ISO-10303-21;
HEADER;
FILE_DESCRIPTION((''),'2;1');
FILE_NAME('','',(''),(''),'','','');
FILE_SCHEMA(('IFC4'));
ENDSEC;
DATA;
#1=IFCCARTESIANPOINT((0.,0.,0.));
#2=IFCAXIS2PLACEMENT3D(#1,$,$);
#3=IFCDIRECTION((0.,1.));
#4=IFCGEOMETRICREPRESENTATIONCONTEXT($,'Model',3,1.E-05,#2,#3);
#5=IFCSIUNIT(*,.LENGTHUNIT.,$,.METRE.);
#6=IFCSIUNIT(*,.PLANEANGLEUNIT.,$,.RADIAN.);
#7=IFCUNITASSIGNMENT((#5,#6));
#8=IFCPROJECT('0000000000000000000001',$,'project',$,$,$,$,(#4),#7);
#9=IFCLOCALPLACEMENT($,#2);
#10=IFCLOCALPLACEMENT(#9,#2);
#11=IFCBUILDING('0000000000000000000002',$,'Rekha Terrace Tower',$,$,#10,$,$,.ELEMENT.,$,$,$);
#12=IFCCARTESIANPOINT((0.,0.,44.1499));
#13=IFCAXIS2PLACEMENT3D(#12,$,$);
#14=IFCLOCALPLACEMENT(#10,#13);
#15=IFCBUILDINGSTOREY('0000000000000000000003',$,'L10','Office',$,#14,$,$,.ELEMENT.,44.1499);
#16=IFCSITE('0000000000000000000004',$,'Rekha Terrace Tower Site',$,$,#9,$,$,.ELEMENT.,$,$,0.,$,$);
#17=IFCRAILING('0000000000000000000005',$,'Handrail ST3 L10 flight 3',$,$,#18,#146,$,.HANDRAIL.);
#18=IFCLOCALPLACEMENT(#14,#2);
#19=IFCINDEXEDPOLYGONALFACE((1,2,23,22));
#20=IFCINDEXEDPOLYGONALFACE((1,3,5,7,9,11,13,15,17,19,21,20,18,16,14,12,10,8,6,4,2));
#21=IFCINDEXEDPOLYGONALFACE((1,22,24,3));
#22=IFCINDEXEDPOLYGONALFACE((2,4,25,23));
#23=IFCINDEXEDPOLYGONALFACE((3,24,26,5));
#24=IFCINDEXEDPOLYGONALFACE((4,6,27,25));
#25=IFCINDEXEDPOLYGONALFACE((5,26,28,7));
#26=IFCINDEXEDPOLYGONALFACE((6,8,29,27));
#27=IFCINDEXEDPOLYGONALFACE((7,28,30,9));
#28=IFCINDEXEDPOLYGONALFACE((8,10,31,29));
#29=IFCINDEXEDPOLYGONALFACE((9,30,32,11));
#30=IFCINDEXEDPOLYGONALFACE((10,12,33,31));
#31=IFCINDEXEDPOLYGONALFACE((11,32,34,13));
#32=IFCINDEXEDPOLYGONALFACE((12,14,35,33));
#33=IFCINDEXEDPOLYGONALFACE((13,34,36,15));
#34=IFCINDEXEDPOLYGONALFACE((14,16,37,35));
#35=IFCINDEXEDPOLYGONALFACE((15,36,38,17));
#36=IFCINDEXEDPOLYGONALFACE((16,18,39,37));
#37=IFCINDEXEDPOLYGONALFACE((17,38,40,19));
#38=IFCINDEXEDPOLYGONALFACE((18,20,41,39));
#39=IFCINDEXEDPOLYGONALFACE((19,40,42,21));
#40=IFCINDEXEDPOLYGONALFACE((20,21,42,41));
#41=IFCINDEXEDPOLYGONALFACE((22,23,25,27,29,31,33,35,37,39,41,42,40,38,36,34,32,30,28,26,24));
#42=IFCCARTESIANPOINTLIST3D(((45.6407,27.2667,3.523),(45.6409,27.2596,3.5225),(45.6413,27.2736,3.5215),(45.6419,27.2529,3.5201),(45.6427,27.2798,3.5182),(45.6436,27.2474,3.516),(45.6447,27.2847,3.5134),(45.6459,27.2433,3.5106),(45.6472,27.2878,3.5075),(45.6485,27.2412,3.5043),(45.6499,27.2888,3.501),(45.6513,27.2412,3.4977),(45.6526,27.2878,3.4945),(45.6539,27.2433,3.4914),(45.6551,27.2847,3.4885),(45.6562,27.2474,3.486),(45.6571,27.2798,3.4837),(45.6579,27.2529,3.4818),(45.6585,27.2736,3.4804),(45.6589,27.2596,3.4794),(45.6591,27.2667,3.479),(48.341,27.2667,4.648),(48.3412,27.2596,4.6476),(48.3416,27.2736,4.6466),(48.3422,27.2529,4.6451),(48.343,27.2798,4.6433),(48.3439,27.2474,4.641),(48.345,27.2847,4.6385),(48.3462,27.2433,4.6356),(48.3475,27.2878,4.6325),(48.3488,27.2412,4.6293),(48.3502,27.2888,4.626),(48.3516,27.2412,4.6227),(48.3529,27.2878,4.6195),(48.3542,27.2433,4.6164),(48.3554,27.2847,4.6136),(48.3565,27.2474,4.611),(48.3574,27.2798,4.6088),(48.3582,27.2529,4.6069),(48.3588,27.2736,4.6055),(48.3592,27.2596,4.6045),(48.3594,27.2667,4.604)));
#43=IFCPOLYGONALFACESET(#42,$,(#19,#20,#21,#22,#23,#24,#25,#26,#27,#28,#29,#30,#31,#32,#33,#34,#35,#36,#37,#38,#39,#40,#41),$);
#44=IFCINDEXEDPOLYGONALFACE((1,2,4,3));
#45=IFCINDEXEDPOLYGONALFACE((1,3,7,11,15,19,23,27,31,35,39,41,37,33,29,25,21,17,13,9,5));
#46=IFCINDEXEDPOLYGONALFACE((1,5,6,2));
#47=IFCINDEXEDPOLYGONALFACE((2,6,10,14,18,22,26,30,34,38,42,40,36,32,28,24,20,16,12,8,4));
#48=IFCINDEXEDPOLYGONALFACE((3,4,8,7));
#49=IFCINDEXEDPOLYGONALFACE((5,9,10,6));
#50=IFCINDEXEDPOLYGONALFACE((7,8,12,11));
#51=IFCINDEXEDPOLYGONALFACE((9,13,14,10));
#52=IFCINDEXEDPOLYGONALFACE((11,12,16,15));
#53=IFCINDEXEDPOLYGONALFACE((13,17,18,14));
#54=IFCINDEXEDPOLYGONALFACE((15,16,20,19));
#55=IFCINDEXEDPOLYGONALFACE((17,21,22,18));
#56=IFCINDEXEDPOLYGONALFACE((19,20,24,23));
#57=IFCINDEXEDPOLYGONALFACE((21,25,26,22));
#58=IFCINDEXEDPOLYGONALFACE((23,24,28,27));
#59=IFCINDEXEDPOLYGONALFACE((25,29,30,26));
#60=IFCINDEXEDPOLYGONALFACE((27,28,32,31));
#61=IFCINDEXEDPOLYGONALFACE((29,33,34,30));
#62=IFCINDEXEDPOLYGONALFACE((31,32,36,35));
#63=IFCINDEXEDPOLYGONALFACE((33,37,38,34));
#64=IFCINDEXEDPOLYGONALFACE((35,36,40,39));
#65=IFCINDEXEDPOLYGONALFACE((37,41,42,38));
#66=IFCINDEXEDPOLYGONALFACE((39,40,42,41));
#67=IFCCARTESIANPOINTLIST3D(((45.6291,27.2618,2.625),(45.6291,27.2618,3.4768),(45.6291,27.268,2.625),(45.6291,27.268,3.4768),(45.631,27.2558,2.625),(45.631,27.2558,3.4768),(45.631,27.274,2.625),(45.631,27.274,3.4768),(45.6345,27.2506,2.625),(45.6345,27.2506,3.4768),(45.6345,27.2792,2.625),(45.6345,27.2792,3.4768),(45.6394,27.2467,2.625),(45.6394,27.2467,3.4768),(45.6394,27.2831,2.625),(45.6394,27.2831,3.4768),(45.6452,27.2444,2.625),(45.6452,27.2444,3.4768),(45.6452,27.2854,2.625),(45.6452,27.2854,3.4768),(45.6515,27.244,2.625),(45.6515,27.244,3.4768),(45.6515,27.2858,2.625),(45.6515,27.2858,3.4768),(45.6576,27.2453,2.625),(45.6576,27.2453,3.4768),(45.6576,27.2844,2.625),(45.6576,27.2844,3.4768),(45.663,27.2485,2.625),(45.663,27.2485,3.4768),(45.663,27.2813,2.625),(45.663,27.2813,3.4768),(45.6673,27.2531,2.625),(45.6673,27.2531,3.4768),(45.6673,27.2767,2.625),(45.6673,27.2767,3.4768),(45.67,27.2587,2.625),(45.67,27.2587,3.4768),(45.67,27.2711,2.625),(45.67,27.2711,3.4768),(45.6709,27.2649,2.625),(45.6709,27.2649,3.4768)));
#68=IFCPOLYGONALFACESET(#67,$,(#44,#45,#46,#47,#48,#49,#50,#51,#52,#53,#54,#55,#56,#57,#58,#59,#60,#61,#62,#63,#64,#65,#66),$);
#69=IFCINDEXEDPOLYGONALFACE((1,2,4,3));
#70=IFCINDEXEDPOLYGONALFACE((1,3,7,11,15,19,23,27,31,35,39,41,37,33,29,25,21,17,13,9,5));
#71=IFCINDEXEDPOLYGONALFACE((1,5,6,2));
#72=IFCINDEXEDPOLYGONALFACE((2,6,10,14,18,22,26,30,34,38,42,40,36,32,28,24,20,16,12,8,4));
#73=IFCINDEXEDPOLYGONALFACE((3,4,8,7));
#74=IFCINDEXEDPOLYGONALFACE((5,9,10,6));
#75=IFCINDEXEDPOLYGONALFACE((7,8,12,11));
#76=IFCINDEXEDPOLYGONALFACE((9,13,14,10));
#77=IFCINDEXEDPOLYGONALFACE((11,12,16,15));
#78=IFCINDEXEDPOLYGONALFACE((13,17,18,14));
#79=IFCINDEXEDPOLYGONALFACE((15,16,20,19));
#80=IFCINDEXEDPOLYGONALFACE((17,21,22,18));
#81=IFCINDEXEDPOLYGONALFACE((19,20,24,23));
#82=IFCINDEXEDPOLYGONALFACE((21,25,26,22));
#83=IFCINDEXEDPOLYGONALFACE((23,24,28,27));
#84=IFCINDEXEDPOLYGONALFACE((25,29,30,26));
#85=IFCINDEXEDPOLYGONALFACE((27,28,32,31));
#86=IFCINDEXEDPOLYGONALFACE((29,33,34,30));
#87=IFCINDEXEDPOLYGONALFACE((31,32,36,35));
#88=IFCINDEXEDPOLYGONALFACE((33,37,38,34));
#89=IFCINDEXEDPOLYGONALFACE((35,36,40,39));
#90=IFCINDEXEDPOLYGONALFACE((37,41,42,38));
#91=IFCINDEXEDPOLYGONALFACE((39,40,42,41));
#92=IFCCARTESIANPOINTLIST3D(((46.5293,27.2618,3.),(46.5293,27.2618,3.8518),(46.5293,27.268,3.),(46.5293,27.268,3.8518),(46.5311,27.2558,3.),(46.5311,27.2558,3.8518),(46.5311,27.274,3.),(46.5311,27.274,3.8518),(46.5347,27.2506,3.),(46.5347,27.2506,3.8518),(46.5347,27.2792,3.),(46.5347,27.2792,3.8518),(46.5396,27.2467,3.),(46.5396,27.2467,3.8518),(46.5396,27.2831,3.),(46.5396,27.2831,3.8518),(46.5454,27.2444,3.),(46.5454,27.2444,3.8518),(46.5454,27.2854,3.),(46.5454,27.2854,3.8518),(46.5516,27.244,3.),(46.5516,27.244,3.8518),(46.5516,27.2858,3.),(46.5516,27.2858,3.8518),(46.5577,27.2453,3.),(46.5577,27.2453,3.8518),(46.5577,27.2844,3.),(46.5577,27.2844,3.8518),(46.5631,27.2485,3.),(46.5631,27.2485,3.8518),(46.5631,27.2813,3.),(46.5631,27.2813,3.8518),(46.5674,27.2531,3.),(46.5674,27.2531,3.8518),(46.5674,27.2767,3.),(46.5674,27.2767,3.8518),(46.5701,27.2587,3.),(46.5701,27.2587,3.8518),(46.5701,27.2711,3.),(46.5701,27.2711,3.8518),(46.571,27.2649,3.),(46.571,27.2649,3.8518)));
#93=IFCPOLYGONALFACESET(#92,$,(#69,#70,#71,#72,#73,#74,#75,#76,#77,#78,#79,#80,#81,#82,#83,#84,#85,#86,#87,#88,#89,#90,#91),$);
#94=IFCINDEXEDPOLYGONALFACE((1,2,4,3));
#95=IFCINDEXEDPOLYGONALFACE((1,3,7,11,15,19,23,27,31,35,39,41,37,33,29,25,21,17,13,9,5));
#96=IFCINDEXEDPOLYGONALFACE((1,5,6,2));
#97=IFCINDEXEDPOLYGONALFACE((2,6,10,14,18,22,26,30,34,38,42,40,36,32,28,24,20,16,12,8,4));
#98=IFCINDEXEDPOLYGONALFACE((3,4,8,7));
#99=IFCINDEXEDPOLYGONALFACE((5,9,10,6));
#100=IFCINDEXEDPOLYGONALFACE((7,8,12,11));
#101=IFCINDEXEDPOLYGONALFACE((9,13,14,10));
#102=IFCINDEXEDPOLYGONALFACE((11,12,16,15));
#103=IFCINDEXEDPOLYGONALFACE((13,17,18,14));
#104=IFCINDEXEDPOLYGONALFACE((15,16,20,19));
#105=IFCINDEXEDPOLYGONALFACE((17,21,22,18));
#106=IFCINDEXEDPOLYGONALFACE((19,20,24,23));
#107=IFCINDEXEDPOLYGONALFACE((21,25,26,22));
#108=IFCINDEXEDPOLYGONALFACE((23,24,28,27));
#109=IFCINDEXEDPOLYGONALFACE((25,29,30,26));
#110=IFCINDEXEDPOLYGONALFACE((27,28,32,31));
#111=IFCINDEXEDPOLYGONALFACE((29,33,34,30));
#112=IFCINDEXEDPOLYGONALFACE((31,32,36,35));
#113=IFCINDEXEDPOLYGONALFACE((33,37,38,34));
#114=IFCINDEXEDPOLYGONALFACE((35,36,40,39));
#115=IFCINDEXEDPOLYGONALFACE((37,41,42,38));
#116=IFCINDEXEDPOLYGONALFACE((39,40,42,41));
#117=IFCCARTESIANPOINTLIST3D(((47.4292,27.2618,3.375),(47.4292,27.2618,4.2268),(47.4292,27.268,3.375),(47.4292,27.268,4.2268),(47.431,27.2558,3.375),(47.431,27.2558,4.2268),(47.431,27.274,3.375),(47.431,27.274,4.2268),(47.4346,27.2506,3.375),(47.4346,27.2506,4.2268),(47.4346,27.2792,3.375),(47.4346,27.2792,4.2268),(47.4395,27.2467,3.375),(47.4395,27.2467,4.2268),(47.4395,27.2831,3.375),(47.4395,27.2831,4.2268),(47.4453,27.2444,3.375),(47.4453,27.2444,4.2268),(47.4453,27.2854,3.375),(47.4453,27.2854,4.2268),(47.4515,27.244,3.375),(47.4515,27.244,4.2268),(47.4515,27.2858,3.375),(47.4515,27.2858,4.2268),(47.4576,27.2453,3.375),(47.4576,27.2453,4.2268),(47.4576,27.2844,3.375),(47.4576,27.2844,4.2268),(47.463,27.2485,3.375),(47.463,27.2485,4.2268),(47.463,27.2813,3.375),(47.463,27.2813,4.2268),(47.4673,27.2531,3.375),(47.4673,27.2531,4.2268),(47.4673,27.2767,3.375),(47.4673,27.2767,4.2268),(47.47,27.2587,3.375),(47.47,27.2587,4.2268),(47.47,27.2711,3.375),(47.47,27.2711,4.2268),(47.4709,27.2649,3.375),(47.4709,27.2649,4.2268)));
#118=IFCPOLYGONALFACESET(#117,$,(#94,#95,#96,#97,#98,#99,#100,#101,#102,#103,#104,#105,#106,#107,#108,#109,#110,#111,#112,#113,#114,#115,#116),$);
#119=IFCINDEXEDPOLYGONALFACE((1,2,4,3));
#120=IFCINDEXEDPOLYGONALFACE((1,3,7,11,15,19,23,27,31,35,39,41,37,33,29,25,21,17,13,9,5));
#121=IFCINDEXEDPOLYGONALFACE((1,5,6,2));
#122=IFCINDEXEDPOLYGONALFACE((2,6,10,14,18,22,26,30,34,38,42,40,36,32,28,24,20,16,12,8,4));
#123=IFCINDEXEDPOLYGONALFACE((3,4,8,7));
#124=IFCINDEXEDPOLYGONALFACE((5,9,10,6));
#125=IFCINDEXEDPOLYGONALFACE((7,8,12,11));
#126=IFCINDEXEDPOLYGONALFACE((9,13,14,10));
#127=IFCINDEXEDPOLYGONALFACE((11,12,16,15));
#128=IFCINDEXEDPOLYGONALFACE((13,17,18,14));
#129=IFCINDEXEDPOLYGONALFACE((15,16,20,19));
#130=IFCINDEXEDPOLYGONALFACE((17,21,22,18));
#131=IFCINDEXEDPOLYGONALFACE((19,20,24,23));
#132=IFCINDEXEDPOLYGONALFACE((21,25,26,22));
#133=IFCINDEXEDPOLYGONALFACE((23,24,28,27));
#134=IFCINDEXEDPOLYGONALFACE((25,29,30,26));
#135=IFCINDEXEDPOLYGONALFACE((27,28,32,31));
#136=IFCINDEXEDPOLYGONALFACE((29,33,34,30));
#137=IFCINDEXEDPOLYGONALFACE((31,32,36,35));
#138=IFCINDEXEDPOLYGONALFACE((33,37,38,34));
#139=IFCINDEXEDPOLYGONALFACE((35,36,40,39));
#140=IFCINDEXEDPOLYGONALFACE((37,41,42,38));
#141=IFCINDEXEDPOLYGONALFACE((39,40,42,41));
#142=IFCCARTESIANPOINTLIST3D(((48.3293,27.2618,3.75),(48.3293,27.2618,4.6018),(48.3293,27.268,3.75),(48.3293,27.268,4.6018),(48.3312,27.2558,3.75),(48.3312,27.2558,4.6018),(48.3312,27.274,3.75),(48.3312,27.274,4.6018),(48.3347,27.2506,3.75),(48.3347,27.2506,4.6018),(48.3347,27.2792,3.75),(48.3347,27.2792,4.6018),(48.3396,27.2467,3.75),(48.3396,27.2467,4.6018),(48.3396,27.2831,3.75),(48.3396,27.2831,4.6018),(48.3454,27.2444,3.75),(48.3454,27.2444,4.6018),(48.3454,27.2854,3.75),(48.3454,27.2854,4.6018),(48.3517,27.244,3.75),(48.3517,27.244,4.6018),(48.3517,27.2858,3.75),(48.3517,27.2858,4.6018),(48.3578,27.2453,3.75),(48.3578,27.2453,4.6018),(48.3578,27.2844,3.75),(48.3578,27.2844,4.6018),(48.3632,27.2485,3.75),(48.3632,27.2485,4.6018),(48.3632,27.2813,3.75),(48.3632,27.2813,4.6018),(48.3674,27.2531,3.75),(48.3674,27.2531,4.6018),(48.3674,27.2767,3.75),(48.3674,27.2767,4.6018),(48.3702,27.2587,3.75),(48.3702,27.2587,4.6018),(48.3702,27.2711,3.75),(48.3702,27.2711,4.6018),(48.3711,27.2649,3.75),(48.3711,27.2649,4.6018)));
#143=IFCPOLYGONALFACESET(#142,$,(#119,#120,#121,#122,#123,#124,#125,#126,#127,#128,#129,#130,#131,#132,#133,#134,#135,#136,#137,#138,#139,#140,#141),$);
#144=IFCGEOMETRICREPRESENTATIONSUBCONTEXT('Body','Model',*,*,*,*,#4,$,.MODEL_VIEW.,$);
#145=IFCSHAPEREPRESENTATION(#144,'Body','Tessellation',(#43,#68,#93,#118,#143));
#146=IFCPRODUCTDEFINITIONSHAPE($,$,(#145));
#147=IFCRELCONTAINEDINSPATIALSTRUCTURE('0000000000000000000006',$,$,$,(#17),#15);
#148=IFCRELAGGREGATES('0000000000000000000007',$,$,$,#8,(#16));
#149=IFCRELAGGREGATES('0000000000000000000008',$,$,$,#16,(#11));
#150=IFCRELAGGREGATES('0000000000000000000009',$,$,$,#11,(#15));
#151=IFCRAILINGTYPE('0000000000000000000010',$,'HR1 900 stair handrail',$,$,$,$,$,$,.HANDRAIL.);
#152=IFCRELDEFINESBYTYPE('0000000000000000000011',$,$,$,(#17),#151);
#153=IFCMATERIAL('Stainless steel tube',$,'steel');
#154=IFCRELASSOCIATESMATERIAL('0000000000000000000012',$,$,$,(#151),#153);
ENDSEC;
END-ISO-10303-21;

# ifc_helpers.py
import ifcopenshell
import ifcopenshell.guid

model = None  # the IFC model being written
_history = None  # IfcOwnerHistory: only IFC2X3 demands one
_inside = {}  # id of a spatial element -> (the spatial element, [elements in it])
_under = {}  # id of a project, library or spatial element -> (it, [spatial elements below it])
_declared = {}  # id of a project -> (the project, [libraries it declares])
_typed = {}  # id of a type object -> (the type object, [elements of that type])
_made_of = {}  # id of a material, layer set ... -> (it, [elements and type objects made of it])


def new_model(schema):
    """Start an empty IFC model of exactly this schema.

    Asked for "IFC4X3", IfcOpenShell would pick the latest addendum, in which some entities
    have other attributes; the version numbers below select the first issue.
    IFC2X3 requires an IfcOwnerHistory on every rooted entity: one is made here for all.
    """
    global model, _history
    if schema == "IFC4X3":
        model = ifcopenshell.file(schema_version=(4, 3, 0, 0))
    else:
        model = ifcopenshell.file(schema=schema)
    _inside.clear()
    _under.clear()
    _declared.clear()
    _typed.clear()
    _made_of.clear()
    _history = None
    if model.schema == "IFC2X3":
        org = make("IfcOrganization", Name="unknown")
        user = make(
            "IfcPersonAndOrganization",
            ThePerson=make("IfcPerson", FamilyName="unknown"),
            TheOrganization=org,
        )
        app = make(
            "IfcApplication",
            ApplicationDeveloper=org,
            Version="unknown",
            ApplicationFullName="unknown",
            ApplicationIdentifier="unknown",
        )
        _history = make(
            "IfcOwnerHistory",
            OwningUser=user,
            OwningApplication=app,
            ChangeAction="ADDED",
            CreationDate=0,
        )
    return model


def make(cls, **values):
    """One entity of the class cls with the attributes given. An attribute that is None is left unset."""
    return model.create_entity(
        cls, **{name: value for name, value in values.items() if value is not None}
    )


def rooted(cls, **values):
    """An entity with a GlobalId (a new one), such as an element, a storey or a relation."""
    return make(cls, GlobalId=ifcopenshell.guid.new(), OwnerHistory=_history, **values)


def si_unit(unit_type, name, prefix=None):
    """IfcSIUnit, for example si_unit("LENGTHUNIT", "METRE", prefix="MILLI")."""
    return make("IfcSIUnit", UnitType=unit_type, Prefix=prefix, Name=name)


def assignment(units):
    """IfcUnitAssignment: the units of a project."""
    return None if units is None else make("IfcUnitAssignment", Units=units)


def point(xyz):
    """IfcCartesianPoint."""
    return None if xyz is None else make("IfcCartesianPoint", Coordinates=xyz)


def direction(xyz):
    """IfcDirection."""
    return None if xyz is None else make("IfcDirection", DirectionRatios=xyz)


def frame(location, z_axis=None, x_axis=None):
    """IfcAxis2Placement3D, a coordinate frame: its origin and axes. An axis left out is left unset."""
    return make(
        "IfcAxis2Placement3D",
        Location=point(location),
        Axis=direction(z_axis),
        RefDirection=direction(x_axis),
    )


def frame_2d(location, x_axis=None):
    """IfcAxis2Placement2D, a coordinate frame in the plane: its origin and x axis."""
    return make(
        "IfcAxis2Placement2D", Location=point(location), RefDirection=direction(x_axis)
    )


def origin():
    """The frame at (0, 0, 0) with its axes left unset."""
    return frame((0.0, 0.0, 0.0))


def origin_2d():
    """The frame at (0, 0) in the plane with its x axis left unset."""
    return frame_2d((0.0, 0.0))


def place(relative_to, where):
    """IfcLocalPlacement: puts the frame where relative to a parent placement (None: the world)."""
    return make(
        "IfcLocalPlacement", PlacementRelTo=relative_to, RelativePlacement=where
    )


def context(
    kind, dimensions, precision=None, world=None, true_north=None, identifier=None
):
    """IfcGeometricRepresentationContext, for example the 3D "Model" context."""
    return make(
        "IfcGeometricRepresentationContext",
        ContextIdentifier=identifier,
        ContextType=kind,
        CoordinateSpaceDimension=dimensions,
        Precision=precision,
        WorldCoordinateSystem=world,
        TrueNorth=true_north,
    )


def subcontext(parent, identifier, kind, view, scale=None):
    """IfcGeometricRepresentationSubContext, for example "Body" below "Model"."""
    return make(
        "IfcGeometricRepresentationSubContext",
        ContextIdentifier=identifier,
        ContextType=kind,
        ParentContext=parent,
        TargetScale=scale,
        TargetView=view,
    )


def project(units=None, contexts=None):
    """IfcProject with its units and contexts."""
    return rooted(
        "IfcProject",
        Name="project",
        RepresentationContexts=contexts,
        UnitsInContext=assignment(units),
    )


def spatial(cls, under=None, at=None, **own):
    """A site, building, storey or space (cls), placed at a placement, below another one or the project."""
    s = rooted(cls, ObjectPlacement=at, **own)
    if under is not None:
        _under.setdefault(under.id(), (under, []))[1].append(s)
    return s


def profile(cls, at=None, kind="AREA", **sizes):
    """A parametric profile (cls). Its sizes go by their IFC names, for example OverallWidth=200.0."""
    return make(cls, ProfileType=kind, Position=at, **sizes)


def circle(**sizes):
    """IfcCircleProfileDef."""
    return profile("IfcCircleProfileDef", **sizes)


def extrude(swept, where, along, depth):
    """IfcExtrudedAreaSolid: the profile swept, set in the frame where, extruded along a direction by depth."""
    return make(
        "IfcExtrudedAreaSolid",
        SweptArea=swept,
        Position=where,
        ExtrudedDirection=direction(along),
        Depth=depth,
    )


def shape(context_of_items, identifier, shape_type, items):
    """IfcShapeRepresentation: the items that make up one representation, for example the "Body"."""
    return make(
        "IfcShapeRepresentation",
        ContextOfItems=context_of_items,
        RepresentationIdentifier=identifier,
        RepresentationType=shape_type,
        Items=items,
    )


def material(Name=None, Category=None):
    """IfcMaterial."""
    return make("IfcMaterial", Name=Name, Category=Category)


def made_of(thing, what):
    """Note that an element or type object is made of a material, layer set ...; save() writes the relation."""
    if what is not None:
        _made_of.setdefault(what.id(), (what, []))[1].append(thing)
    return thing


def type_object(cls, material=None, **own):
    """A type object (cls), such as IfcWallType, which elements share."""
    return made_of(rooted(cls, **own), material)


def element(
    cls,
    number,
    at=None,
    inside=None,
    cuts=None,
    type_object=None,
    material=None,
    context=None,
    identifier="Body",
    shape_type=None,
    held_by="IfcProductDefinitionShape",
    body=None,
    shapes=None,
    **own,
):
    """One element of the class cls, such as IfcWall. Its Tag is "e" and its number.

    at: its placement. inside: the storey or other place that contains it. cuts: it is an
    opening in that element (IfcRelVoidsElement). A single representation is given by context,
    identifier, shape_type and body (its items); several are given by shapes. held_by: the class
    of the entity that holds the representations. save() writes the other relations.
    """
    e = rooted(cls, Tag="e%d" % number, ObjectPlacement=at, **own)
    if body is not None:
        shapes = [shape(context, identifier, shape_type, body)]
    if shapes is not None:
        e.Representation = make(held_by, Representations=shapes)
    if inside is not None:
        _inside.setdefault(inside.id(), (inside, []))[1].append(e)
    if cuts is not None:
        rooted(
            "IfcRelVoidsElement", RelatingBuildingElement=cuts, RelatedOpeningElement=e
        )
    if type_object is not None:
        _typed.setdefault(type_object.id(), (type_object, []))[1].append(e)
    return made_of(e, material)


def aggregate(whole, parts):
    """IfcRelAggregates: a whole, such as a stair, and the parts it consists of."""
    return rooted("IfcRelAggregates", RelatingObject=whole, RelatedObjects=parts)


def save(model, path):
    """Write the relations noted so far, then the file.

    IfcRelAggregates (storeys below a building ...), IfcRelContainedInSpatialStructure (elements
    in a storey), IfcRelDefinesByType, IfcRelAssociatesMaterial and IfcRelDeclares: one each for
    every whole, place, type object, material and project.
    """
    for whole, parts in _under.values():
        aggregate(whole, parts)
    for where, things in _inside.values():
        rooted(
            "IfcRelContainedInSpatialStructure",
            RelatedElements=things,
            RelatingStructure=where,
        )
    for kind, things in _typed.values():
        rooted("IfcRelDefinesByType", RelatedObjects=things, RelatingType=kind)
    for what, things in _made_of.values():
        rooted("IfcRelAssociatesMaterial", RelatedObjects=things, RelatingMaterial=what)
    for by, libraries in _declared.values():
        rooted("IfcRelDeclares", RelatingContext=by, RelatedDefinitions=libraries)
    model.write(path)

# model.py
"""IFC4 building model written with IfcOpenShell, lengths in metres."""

from ifc_helpers import new_model, si_unit, direction, frame, origin, origin_2d, place, context, subcontext, project, spatial, circle, extrude, material, type_object, element, save


model = new_model("IFC4")

# Units and contexts
model_context = context("Model", 3, precision=1e-05, world=origin(), true_north=direction((0.0, 1.0)))
body_context = subcontext(model_context, "Body", "Model", "MODEL_VIEW")
ifc_project = project(units=[si_unit("LENGTHUNIT", "METRE"), si_unit("PLANEANGLEUNIT", "RADIAN")], contexts=[model_context])

# Site, building, storey
site_placement = place(None, origin())
site = spatial("IfcSite", under=ifc_project, at=site_placement, Name="Rekha Terrace Tower Site", CompositionType="ELEMENT", RefElevation=0.0)
building_placement = place(site_placement, origin())
building = spatial("IfcBuilding", under=site, at=building_placement, Name="Rekha Terrace Tower", CompositionType="ELEMENT")
storey_placement = place(building_placement, frame((0.0, 0.0, 44.1499)))
storey = spatial("IfcBuildingStorey", under=building, at=storey_placement, Name="L10", Description="Office", CompositionType="ELEMENT", Elevation=44.1499)

# Railing
ifc_material_1 = material(Name="Stainless steel tube", Category="steel")
railing_type_1 = type_object("IfcRailingType", Name="HR1 900 stair handrail", PredefinedType="HANDRAIL", material=ifc_material_1)
railing_1_placement = place(storey_placement, frame((45.6499, 27.2649, 2.625)))
element("IfcRailing", 1, at=railing_1_placement, inside=storey, type_object=railing_type_1, Name="Handrail ST3 L10 flight 3", PredefinedType="HANDRAIL", context=body_context, shape_type="SweptSolid", body=[
    extrude(circle(Radius=0.0239, at=origin_2d()), frame((0.0, 0.0, 0.876), z_axis=(0.923087, 0.0, 0.384592), x_axis=(0.0, 1.0, 0.0)), (0.0, 0.0, 1.0), 2.9253),
    extrude(circle(Radius=0.021, at=origin_2d()), origin(), (0.0, 0.0, 1.0), 0.8518),
    extrude(circle(Radius=0.021, at=origin_2d()), frame((0.9001, 0.0, 0.375)), (0.0, 0.0, 1.0), 0.8518),
    extrude(circle(Radius=0.021, at=origin_2d()), frame((1.8, 0.0, 0.75)), (0.0, 0.0, 1.0), 0.8518),
    extrude(circle(Radius=0.021, at=origin_2d()), frame((2.7002, 0.0, 1.125)), (0.0, 0.0, 1.0), 0.8518),
])

save(model, "model.ifc")
